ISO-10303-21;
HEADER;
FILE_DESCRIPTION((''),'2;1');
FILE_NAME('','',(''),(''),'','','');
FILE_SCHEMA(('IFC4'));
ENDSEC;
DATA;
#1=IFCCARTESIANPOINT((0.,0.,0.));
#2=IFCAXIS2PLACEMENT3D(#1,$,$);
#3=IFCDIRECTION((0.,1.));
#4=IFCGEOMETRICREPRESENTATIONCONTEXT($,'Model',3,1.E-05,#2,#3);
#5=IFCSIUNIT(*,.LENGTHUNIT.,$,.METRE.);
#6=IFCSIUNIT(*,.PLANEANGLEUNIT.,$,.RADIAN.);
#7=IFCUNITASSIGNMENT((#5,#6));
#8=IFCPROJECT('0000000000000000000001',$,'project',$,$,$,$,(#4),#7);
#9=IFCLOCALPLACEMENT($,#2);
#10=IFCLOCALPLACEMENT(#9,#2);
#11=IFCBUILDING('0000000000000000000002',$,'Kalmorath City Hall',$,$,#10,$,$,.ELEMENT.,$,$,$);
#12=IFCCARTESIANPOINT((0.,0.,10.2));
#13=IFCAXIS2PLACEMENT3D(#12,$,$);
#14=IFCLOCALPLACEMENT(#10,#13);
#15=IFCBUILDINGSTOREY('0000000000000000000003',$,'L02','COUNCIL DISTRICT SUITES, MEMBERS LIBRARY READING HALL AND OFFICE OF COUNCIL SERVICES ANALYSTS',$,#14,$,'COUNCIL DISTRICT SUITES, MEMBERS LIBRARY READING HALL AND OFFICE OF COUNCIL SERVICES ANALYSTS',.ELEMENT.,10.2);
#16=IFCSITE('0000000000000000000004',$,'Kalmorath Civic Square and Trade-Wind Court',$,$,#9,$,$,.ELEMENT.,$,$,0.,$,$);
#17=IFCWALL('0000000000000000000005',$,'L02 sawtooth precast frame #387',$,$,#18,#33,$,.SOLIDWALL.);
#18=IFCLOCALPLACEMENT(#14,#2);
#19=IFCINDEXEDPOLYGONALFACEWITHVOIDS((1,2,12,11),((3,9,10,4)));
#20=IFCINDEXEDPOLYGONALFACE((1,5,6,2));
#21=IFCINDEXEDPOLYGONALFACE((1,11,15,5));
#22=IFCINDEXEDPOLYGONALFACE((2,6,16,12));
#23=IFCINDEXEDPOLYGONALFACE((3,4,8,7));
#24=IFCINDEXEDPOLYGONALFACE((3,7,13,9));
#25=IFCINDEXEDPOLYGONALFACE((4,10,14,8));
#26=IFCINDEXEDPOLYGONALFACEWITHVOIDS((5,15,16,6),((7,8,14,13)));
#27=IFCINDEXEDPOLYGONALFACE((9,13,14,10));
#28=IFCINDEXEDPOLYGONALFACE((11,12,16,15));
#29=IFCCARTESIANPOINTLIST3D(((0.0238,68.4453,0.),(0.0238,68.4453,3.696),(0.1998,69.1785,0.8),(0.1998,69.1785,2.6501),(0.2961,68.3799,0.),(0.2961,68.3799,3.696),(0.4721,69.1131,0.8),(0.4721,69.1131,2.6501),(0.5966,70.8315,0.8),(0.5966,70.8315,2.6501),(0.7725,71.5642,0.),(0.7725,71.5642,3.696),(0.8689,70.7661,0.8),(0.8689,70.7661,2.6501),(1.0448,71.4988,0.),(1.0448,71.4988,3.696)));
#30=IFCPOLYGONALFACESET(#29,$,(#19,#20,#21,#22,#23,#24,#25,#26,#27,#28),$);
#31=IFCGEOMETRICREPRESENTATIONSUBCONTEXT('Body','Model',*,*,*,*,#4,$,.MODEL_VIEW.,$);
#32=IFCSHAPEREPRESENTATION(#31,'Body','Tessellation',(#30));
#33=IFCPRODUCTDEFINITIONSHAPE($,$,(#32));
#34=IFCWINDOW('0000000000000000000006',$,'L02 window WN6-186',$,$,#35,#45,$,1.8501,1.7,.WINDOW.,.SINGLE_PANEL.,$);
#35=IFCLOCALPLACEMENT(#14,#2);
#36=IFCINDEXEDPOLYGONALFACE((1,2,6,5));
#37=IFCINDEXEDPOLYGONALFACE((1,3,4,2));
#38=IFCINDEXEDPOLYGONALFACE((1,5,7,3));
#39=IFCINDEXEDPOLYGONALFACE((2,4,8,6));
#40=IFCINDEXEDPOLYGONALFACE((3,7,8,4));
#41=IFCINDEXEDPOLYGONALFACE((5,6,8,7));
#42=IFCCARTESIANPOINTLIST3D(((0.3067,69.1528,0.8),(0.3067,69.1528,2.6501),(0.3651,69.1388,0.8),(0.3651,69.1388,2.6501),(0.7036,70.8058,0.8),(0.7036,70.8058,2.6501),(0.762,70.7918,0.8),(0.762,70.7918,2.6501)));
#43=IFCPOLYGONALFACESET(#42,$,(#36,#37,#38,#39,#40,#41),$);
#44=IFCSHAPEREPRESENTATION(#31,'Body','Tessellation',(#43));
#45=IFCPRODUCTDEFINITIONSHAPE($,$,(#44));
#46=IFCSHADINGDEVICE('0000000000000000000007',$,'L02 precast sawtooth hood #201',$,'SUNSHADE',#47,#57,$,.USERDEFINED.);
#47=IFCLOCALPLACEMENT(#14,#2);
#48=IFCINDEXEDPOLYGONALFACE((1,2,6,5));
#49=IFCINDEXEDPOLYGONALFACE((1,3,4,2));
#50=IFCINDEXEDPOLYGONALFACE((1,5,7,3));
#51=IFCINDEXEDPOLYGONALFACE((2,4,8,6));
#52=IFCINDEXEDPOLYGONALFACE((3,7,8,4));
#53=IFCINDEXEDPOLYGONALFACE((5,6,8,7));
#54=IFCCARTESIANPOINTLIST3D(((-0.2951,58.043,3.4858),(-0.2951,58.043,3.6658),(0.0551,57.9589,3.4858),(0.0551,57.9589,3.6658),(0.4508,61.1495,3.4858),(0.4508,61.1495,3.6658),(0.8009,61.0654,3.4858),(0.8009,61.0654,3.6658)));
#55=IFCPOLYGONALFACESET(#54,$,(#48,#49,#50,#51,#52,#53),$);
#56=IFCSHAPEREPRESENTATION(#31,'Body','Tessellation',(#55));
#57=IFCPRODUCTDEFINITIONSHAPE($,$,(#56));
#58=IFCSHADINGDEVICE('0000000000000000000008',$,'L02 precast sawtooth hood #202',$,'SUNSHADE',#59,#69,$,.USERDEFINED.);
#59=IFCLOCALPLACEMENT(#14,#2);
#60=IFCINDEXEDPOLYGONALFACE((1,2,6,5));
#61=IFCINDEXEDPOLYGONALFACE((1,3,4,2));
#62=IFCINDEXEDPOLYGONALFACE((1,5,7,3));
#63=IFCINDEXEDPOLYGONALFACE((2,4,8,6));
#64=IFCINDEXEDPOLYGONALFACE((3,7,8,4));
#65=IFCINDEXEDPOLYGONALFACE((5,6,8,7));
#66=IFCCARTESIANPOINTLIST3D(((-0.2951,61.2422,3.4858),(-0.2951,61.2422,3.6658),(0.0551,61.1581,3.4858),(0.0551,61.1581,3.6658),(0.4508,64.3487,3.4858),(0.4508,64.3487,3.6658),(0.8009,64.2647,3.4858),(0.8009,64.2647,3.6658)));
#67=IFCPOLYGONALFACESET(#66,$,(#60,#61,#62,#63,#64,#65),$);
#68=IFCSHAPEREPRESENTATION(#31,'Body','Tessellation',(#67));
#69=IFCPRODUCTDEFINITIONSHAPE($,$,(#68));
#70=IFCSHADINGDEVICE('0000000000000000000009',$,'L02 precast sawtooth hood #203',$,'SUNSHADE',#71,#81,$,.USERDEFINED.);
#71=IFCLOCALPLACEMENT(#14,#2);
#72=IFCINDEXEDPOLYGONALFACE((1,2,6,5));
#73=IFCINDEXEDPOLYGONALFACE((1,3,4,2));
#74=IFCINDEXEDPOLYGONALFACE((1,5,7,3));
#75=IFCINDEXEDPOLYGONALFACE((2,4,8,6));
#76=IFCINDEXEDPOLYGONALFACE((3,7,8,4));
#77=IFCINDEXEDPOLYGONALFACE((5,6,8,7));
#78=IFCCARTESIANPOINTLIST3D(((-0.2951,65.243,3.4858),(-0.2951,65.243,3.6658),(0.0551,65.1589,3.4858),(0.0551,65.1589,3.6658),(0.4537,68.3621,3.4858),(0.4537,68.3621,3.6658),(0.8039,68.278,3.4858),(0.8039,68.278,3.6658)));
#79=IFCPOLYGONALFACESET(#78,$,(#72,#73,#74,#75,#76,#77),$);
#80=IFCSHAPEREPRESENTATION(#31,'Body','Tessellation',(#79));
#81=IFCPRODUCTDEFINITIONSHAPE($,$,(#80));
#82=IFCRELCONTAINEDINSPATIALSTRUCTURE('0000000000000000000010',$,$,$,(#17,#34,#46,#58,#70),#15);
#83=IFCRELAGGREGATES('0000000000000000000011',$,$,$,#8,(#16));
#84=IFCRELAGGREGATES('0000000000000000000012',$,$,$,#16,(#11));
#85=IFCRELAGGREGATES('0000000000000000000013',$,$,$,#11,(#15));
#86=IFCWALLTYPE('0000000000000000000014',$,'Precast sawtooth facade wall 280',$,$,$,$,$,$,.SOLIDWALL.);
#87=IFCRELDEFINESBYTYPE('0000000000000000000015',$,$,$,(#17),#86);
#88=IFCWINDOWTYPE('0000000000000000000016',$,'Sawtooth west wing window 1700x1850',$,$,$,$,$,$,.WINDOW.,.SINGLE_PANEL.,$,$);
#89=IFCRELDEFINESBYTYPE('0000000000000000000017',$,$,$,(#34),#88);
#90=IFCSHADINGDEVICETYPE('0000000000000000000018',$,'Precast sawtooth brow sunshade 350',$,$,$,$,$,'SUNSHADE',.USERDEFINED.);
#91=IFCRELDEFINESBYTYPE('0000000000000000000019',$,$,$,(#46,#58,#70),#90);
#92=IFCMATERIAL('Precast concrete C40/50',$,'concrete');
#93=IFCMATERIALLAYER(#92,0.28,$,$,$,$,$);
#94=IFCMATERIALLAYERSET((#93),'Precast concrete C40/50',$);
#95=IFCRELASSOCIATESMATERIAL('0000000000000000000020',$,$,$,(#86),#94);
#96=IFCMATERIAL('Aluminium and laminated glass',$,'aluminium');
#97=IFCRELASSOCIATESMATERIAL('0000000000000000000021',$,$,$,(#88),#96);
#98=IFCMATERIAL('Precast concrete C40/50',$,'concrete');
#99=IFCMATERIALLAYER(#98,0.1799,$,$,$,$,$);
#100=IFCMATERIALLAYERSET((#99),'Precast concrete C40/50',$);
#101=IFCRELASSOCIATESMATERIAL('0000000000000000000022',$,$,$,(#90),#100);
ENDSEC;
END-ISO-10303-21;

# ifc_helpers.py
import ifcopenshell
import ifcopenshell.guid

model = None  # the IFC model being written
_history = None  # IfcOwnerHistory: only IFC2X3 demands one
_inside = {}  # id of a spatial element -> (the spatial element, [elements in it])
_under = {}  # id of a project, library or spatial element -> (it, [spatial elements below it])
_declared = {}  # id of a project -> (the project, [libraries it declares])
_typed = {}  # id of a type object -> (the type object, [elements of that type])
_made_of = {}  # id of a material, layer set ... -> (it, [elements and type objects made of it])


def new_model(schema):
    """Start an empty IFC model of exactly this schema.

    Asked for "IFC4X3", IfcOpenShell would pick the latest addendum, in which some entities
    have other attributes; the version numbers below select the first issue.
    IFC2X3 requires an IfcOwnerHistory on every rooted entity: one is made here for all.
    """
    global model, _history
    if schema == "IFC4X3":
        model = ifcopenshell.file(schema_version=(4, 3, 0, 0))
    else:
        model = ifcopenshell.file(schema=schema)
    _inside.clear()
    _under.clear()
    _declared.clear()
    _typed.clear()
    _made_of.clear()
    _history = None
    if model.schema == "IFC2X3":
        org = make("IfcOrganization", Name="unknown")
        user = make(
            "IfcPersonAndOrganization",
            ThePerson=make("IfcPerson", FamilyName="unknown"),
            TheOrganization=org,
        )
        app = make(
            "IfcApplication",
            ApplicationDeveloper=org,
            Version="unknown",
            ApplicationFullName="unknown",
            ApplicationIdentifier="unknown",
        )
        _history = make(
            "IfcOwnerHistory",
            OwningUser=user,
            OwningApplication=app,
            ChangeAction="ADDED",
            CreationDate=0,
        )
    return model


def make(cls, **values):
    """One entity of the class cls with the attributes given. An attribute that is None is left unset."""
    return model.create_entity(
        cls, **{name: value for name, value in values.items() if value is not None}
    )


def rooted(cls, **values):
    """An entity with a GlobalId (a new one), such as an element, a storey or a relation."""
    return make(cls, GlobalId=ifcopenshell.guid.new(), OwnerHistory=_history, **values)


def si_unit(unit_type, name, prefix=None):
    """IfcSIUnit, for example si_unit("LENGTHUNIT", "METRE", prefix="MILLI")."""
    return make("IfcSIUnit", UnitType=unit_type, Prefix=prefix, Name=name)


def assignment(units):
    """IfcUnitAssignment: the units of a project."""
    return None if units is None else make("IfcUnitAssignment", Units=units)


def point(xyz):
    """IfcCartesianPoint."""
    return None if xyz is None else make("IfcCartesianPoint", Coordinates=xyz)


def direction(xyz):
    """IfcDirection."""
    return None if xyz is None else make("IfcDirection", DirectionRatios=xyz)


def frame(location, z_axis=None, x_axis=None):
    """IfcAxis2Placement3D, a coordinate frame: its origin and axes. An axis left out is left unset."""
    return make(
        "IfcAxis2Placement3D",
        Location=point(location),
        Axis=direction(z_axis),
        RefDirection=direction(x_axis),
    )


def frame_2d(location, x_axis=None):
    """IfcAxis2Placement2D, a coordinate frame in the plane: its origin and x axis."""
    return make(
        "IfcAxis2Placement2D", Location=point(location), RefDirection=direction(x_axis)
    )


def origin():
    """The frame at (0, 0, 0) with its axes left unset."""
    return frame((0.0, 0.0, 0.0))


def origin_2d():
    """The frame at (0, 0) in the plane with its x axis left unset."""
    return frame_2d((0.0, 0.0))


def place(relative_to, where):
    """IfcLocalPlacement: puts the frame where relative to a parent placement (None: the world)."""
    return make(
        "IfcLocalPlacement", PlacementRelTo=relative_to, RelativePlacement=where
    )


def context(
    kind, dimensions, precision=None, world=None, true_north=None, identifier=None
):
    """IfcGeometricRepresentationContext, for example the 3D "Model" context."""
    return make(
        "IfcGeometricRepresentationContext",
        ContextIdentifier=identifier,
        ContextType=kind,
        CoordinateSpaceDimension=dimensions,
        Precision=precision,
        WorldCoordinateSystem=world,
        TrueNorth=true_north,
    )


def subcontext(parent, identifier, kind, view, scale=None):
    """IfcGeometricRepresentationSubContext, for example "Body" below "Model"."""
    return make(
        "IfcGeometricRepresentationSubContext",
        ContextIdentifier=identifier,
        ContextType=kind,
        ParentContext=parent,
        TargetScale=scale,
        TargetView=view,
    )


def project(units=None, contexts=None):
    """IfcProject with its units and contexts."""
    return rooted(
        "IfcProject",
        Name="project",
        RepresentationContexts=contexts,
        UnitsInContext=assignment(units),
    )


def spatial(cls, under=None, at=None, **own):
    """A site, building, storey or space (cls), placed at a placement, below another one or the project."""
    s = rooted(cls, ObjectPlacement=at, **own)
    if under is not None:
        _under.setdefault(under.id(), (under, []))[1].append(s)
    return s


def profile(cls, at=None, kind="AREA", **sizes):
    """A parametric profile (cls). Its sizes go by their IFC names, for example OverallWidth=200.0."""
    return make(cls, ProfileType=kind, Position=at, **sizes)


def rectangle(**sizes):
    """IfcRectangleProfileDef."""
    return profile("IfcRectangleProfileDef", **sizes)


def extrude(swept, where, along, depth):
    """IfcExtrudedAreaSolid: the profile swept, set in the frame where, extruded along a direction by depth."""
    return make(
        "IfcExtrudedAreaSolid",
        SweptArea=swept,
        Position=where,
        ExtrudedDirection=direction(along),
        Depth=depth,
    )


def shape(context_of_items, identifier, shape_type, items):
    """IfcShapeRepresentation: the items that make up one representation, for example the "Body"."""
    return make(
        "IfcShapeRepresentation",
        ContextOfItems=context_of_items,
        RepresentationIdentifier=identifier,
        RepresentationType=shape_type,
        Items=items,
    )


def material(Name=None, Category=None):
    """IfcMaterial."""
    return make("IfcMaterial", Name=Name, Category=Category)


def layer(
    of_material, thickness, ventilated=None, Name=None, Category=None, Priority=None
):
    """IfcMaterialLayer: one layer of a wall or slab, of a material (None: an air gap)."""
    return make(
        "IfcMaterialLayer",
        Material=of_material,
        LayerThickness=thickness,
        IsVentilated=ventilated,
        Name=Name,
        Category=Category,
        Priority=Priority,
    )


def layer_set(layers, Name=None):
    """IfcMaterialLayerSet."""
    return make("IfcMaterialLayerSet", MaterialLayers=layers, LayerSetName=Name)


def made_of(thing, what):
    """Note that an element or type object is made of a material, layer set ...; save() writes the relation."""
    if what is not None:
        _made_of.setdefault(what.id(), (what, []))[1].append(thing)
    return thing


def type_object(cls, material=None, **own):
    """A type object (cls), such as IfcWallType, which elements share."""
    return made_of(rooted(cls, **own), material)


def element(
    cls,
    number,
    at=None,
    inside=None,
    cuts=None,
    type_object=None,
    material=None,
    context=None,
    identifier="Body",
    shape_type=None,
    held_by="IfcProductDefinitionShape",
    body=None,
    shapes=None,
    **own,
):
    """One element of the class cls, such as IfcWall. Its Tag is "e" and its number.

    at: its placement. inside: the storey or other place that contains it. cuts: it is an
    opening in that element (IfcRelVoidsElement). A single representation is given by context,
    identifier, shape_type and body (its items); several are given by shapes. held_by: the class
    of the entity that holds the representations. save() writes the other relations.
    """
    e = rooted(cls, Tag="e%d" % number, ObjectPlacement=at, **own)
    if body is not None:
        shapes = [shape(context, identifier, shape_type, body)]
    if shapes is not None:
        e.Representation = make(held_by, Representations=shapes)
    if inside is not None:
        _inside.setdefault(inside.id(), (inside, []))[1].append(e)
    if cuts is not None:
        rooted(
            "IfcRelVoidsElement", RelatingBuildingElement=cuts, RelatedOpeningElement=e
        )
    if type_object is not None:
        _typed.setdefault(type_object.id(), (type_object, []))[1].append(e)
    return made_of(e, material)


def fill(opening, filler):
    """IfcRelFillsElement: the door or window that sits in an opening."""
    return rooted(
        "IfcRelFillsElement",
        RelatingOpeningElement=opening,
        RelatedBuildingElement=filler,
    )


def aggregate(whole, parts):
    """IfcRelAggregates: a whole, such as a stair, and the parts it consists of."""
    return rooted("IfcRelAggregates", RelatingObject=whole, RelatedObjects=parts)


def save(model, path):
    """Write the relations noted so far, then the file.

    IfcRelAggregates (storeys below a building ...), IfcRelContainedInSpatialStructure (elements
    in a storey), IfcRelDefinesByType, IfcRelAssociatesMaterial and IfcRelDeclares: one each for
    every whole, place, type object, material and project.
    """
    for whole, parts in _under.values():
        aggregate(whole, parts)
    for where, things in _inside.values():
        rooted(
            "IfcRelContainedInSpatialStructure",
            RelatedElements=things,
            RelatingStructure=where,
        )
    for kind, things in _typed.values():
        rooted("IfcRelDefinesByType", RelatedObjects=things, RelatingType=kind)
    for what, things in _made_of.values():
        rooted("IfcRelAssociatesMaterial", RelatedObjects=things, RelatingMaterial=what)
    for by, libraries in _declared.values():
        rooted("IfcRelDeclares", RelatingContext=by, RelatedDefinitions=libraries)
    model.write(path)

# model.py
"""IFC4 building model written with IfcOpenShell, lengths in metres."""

from ifc_helpers import new_model, si_unit, direction, frame, frame_2d, origin, origin_2d, place, context, subcontext, project, spatial, rectangle, extrude, material, layer, layer_set, type_object, element, fill, save


model = new_model("IFC4")

# Units and contexts
model_context = context("Model", 3, precision=1e-05, world=origin(), true_north=direction((0.0, 1.0)))
body_context = subcontext(model_context, "Body", "Model", "MODEL_VIEW")
ifc_project = project(units=[si_unit("LENGTHUNIT", "METRE"), si_unit("PLANEANGLEUNIT", "RADIAN")], contexts=[model_context])

# Site, building, storey
site_placement = place(None, origin())
site = spatial("IfcSite", under=ifc_project, at=site_placement, Name="Kalmorath Civic Square and Trade-Wind Court", CompositionType="ELEMENT", RefElevation=0.0)
building_placement = place(site_placement, origin())
building = spatial("IfcBuilding", under=site, at=building_placement, Name="Kalmorath City Hall", CompositionType="ELEMENT")
storey_placement = place(building_placement, frame((0.0, 0.0, 10.2)))
storey = spatial("IfcBuildingStorey", under=building, at=storey_placement, Name="L02", Description="COUNCIL DISTRICT SUITES, MEMBERS LIBRARY READING HALL AND OFFICE OF COUNCIL SERVICES ANALYSTS", LongName="COUNCIL DISTRICT SUITES, MEMBERS LIBRARY READING HALL AND OFFICE OF COUNCIL SERVICES ANALYSTS", CompositionType="ELEMENT", Elevation=10.2)

# Wall, opening, window
ifc_material_1 = material(Name="Precast concrete C40/50", Category="concrete")
ifc_layer_1 = layer(ifc_material_1, 0.28)
ifc_layer_set_1 = layer_set([ifc_layer_1], Name="Precast concrete C40/50")
wall_type_1 = type_object("IfcWallType", Name="Precast sawtooth facade wall 280", PredefinedType="SOLIDWALL", material=ifc_layer_set_1)
ifc_material_2 = material(Name="Aluminium and laminated glass", Category="aluminium")
window_type = type_object("IfcWindowType", Name="Sawtooth west wing window 1700x1850", PartitioningType="SINGLE_PANEL", PredefinedType="WINDOW", material=ifc_material_2)
wall_1_placement = place(storey_placement, frame((0.1599, 68.4126, 0.0), z_axis=(0.0, 0.0, 1.0), x_axis=(0.233445, 0.97237, 0.0)))
wall_1 = element("IfcWall", 1, at=wall_1_placement, inside=storey, type_object=wall_type_1, Name="L02 sawtooth precast frame #387", PredefinedType="SOLIDWALL", context=body_context, shape_type="SweptSolid", body=[
    extrude(rectangle(XDim=3.2075, YDim=0.28, at=frame_2d((1.6038, 0.0))), origin(), (0.0, 0.0, 1.0), 3.696),
])
opening_1_placement = place(wall_1_placement, frame((0.7539, 0.0, 0.8)))
opening_1 = element("IfcOpeningElement", 2, at=opening_1_placement, cuts=wall_1, PredefinedType="OPENING", context=body_context, shape_type="SweptSolid", body=[
    extrude(rectangle(XDim=1.7, YDim=1.8501, at=frame_2d((0.8501, 0.925))), frame((0.0, 0.1499, 0.0), z_axis=(0.0, -1.0, 0.0), x_axis=(1.0, 0.0, 0.0)), (0.0, 0.0, 1.0), 0.3),
])
window_1_placement = place(opening_1_placement, origin())
window_1 = element("IfcWindow", 3, at=window_1_placement, inside=storey, type_object=window_type, Name="L02 window WN6-186", OverallHeight=1.8501, OverallWidth=1.7, PartitioningType="SINGLE_PANEL", PredefinedType="WINDOW", context=body_context, shape_type="SweptSolid", body=[
    extrude(rectangle(XDim=1.7, YDim=1.8501, at=frame_2d((0.8501, 0.925))), frame((0.0, 0.03, 0.0), z_axis=(0.0, -1.0, 0.0), x_axis=(1.0, 0.0, 0.0)), (0.0, 0.0, 1.0), 0.0601),
])
fill(opening_1, window_1)

# Shading devices
ifc_material_3 = material(Name="Precast concrete C40/50", Category="concrete")
ifc_layer_2 = layer(ifc_material_3, 0.1799)
ifc_layer_set_2 = layer_set([ifc_layer_2], Name="Precast concrete C40/50")
shading_device_type = type_object("IfcShadingDeviceType", Name="Precast sawtooth brow sunshade 350", ElementType="SUNSHADE", PredefinedType="USERDEFINED", material=ifc_layer_set_2)
for number, where, z_axis, x_axis, name in (
    (4, (0.2529, 59.5542, 3.4858), (0.0, 0.0, 1.0), (0.233445, 0.97237, 0.0), "L02 precast sawtooth hood #201"),
    (5, (0.2529, 62.7534, 3.4858), (0.0, 0.0, 1.0), (0.233445, 0.97237, 0.0), "L02 precast sawtooth hood #202"),
):
    element("IfcShadingDevice", number, at=place(storey_placement, frame(where, z_axis=z_axis, x_axis=x_axis)), inside=storey, type_object=shading_device_type, Name=name, ObjectType="SUNSHADE", PredefinedType="USERDEFINED", context=body_context, shape_type="SweptSolid", body=[
        extrude(rectangle(XDim=3.1948, YDim=0.3601, at=origin_2d()), origin(), (0.0, 0.0, 1.0), 0.1799),
    ])
shading_device_placement = place(storey_placement, frame((0.2544, 66.7605, 3.4858), z_axis=(0.0, 0.0, 1.0), x_axis=(0.233445, 0.97237, 0.0)))
element("IfcShadingDevice", 6, at=shading_device_placement, inside=storey, type_object=shading_device_type, Name="L02 precast sawtooth hood #203", ObjectType="SUNSHADE", PredefinedType="USERDEFINED", context=body_context, shape_type="SweptSolid", body=[
    extrude(rectangle(XDim=3.2078, YDim=0.3601, at=origin_2d()), origin(), (0.0, 0.0, 1.0), 0.1799),
])

save(model, "model.ifc")
